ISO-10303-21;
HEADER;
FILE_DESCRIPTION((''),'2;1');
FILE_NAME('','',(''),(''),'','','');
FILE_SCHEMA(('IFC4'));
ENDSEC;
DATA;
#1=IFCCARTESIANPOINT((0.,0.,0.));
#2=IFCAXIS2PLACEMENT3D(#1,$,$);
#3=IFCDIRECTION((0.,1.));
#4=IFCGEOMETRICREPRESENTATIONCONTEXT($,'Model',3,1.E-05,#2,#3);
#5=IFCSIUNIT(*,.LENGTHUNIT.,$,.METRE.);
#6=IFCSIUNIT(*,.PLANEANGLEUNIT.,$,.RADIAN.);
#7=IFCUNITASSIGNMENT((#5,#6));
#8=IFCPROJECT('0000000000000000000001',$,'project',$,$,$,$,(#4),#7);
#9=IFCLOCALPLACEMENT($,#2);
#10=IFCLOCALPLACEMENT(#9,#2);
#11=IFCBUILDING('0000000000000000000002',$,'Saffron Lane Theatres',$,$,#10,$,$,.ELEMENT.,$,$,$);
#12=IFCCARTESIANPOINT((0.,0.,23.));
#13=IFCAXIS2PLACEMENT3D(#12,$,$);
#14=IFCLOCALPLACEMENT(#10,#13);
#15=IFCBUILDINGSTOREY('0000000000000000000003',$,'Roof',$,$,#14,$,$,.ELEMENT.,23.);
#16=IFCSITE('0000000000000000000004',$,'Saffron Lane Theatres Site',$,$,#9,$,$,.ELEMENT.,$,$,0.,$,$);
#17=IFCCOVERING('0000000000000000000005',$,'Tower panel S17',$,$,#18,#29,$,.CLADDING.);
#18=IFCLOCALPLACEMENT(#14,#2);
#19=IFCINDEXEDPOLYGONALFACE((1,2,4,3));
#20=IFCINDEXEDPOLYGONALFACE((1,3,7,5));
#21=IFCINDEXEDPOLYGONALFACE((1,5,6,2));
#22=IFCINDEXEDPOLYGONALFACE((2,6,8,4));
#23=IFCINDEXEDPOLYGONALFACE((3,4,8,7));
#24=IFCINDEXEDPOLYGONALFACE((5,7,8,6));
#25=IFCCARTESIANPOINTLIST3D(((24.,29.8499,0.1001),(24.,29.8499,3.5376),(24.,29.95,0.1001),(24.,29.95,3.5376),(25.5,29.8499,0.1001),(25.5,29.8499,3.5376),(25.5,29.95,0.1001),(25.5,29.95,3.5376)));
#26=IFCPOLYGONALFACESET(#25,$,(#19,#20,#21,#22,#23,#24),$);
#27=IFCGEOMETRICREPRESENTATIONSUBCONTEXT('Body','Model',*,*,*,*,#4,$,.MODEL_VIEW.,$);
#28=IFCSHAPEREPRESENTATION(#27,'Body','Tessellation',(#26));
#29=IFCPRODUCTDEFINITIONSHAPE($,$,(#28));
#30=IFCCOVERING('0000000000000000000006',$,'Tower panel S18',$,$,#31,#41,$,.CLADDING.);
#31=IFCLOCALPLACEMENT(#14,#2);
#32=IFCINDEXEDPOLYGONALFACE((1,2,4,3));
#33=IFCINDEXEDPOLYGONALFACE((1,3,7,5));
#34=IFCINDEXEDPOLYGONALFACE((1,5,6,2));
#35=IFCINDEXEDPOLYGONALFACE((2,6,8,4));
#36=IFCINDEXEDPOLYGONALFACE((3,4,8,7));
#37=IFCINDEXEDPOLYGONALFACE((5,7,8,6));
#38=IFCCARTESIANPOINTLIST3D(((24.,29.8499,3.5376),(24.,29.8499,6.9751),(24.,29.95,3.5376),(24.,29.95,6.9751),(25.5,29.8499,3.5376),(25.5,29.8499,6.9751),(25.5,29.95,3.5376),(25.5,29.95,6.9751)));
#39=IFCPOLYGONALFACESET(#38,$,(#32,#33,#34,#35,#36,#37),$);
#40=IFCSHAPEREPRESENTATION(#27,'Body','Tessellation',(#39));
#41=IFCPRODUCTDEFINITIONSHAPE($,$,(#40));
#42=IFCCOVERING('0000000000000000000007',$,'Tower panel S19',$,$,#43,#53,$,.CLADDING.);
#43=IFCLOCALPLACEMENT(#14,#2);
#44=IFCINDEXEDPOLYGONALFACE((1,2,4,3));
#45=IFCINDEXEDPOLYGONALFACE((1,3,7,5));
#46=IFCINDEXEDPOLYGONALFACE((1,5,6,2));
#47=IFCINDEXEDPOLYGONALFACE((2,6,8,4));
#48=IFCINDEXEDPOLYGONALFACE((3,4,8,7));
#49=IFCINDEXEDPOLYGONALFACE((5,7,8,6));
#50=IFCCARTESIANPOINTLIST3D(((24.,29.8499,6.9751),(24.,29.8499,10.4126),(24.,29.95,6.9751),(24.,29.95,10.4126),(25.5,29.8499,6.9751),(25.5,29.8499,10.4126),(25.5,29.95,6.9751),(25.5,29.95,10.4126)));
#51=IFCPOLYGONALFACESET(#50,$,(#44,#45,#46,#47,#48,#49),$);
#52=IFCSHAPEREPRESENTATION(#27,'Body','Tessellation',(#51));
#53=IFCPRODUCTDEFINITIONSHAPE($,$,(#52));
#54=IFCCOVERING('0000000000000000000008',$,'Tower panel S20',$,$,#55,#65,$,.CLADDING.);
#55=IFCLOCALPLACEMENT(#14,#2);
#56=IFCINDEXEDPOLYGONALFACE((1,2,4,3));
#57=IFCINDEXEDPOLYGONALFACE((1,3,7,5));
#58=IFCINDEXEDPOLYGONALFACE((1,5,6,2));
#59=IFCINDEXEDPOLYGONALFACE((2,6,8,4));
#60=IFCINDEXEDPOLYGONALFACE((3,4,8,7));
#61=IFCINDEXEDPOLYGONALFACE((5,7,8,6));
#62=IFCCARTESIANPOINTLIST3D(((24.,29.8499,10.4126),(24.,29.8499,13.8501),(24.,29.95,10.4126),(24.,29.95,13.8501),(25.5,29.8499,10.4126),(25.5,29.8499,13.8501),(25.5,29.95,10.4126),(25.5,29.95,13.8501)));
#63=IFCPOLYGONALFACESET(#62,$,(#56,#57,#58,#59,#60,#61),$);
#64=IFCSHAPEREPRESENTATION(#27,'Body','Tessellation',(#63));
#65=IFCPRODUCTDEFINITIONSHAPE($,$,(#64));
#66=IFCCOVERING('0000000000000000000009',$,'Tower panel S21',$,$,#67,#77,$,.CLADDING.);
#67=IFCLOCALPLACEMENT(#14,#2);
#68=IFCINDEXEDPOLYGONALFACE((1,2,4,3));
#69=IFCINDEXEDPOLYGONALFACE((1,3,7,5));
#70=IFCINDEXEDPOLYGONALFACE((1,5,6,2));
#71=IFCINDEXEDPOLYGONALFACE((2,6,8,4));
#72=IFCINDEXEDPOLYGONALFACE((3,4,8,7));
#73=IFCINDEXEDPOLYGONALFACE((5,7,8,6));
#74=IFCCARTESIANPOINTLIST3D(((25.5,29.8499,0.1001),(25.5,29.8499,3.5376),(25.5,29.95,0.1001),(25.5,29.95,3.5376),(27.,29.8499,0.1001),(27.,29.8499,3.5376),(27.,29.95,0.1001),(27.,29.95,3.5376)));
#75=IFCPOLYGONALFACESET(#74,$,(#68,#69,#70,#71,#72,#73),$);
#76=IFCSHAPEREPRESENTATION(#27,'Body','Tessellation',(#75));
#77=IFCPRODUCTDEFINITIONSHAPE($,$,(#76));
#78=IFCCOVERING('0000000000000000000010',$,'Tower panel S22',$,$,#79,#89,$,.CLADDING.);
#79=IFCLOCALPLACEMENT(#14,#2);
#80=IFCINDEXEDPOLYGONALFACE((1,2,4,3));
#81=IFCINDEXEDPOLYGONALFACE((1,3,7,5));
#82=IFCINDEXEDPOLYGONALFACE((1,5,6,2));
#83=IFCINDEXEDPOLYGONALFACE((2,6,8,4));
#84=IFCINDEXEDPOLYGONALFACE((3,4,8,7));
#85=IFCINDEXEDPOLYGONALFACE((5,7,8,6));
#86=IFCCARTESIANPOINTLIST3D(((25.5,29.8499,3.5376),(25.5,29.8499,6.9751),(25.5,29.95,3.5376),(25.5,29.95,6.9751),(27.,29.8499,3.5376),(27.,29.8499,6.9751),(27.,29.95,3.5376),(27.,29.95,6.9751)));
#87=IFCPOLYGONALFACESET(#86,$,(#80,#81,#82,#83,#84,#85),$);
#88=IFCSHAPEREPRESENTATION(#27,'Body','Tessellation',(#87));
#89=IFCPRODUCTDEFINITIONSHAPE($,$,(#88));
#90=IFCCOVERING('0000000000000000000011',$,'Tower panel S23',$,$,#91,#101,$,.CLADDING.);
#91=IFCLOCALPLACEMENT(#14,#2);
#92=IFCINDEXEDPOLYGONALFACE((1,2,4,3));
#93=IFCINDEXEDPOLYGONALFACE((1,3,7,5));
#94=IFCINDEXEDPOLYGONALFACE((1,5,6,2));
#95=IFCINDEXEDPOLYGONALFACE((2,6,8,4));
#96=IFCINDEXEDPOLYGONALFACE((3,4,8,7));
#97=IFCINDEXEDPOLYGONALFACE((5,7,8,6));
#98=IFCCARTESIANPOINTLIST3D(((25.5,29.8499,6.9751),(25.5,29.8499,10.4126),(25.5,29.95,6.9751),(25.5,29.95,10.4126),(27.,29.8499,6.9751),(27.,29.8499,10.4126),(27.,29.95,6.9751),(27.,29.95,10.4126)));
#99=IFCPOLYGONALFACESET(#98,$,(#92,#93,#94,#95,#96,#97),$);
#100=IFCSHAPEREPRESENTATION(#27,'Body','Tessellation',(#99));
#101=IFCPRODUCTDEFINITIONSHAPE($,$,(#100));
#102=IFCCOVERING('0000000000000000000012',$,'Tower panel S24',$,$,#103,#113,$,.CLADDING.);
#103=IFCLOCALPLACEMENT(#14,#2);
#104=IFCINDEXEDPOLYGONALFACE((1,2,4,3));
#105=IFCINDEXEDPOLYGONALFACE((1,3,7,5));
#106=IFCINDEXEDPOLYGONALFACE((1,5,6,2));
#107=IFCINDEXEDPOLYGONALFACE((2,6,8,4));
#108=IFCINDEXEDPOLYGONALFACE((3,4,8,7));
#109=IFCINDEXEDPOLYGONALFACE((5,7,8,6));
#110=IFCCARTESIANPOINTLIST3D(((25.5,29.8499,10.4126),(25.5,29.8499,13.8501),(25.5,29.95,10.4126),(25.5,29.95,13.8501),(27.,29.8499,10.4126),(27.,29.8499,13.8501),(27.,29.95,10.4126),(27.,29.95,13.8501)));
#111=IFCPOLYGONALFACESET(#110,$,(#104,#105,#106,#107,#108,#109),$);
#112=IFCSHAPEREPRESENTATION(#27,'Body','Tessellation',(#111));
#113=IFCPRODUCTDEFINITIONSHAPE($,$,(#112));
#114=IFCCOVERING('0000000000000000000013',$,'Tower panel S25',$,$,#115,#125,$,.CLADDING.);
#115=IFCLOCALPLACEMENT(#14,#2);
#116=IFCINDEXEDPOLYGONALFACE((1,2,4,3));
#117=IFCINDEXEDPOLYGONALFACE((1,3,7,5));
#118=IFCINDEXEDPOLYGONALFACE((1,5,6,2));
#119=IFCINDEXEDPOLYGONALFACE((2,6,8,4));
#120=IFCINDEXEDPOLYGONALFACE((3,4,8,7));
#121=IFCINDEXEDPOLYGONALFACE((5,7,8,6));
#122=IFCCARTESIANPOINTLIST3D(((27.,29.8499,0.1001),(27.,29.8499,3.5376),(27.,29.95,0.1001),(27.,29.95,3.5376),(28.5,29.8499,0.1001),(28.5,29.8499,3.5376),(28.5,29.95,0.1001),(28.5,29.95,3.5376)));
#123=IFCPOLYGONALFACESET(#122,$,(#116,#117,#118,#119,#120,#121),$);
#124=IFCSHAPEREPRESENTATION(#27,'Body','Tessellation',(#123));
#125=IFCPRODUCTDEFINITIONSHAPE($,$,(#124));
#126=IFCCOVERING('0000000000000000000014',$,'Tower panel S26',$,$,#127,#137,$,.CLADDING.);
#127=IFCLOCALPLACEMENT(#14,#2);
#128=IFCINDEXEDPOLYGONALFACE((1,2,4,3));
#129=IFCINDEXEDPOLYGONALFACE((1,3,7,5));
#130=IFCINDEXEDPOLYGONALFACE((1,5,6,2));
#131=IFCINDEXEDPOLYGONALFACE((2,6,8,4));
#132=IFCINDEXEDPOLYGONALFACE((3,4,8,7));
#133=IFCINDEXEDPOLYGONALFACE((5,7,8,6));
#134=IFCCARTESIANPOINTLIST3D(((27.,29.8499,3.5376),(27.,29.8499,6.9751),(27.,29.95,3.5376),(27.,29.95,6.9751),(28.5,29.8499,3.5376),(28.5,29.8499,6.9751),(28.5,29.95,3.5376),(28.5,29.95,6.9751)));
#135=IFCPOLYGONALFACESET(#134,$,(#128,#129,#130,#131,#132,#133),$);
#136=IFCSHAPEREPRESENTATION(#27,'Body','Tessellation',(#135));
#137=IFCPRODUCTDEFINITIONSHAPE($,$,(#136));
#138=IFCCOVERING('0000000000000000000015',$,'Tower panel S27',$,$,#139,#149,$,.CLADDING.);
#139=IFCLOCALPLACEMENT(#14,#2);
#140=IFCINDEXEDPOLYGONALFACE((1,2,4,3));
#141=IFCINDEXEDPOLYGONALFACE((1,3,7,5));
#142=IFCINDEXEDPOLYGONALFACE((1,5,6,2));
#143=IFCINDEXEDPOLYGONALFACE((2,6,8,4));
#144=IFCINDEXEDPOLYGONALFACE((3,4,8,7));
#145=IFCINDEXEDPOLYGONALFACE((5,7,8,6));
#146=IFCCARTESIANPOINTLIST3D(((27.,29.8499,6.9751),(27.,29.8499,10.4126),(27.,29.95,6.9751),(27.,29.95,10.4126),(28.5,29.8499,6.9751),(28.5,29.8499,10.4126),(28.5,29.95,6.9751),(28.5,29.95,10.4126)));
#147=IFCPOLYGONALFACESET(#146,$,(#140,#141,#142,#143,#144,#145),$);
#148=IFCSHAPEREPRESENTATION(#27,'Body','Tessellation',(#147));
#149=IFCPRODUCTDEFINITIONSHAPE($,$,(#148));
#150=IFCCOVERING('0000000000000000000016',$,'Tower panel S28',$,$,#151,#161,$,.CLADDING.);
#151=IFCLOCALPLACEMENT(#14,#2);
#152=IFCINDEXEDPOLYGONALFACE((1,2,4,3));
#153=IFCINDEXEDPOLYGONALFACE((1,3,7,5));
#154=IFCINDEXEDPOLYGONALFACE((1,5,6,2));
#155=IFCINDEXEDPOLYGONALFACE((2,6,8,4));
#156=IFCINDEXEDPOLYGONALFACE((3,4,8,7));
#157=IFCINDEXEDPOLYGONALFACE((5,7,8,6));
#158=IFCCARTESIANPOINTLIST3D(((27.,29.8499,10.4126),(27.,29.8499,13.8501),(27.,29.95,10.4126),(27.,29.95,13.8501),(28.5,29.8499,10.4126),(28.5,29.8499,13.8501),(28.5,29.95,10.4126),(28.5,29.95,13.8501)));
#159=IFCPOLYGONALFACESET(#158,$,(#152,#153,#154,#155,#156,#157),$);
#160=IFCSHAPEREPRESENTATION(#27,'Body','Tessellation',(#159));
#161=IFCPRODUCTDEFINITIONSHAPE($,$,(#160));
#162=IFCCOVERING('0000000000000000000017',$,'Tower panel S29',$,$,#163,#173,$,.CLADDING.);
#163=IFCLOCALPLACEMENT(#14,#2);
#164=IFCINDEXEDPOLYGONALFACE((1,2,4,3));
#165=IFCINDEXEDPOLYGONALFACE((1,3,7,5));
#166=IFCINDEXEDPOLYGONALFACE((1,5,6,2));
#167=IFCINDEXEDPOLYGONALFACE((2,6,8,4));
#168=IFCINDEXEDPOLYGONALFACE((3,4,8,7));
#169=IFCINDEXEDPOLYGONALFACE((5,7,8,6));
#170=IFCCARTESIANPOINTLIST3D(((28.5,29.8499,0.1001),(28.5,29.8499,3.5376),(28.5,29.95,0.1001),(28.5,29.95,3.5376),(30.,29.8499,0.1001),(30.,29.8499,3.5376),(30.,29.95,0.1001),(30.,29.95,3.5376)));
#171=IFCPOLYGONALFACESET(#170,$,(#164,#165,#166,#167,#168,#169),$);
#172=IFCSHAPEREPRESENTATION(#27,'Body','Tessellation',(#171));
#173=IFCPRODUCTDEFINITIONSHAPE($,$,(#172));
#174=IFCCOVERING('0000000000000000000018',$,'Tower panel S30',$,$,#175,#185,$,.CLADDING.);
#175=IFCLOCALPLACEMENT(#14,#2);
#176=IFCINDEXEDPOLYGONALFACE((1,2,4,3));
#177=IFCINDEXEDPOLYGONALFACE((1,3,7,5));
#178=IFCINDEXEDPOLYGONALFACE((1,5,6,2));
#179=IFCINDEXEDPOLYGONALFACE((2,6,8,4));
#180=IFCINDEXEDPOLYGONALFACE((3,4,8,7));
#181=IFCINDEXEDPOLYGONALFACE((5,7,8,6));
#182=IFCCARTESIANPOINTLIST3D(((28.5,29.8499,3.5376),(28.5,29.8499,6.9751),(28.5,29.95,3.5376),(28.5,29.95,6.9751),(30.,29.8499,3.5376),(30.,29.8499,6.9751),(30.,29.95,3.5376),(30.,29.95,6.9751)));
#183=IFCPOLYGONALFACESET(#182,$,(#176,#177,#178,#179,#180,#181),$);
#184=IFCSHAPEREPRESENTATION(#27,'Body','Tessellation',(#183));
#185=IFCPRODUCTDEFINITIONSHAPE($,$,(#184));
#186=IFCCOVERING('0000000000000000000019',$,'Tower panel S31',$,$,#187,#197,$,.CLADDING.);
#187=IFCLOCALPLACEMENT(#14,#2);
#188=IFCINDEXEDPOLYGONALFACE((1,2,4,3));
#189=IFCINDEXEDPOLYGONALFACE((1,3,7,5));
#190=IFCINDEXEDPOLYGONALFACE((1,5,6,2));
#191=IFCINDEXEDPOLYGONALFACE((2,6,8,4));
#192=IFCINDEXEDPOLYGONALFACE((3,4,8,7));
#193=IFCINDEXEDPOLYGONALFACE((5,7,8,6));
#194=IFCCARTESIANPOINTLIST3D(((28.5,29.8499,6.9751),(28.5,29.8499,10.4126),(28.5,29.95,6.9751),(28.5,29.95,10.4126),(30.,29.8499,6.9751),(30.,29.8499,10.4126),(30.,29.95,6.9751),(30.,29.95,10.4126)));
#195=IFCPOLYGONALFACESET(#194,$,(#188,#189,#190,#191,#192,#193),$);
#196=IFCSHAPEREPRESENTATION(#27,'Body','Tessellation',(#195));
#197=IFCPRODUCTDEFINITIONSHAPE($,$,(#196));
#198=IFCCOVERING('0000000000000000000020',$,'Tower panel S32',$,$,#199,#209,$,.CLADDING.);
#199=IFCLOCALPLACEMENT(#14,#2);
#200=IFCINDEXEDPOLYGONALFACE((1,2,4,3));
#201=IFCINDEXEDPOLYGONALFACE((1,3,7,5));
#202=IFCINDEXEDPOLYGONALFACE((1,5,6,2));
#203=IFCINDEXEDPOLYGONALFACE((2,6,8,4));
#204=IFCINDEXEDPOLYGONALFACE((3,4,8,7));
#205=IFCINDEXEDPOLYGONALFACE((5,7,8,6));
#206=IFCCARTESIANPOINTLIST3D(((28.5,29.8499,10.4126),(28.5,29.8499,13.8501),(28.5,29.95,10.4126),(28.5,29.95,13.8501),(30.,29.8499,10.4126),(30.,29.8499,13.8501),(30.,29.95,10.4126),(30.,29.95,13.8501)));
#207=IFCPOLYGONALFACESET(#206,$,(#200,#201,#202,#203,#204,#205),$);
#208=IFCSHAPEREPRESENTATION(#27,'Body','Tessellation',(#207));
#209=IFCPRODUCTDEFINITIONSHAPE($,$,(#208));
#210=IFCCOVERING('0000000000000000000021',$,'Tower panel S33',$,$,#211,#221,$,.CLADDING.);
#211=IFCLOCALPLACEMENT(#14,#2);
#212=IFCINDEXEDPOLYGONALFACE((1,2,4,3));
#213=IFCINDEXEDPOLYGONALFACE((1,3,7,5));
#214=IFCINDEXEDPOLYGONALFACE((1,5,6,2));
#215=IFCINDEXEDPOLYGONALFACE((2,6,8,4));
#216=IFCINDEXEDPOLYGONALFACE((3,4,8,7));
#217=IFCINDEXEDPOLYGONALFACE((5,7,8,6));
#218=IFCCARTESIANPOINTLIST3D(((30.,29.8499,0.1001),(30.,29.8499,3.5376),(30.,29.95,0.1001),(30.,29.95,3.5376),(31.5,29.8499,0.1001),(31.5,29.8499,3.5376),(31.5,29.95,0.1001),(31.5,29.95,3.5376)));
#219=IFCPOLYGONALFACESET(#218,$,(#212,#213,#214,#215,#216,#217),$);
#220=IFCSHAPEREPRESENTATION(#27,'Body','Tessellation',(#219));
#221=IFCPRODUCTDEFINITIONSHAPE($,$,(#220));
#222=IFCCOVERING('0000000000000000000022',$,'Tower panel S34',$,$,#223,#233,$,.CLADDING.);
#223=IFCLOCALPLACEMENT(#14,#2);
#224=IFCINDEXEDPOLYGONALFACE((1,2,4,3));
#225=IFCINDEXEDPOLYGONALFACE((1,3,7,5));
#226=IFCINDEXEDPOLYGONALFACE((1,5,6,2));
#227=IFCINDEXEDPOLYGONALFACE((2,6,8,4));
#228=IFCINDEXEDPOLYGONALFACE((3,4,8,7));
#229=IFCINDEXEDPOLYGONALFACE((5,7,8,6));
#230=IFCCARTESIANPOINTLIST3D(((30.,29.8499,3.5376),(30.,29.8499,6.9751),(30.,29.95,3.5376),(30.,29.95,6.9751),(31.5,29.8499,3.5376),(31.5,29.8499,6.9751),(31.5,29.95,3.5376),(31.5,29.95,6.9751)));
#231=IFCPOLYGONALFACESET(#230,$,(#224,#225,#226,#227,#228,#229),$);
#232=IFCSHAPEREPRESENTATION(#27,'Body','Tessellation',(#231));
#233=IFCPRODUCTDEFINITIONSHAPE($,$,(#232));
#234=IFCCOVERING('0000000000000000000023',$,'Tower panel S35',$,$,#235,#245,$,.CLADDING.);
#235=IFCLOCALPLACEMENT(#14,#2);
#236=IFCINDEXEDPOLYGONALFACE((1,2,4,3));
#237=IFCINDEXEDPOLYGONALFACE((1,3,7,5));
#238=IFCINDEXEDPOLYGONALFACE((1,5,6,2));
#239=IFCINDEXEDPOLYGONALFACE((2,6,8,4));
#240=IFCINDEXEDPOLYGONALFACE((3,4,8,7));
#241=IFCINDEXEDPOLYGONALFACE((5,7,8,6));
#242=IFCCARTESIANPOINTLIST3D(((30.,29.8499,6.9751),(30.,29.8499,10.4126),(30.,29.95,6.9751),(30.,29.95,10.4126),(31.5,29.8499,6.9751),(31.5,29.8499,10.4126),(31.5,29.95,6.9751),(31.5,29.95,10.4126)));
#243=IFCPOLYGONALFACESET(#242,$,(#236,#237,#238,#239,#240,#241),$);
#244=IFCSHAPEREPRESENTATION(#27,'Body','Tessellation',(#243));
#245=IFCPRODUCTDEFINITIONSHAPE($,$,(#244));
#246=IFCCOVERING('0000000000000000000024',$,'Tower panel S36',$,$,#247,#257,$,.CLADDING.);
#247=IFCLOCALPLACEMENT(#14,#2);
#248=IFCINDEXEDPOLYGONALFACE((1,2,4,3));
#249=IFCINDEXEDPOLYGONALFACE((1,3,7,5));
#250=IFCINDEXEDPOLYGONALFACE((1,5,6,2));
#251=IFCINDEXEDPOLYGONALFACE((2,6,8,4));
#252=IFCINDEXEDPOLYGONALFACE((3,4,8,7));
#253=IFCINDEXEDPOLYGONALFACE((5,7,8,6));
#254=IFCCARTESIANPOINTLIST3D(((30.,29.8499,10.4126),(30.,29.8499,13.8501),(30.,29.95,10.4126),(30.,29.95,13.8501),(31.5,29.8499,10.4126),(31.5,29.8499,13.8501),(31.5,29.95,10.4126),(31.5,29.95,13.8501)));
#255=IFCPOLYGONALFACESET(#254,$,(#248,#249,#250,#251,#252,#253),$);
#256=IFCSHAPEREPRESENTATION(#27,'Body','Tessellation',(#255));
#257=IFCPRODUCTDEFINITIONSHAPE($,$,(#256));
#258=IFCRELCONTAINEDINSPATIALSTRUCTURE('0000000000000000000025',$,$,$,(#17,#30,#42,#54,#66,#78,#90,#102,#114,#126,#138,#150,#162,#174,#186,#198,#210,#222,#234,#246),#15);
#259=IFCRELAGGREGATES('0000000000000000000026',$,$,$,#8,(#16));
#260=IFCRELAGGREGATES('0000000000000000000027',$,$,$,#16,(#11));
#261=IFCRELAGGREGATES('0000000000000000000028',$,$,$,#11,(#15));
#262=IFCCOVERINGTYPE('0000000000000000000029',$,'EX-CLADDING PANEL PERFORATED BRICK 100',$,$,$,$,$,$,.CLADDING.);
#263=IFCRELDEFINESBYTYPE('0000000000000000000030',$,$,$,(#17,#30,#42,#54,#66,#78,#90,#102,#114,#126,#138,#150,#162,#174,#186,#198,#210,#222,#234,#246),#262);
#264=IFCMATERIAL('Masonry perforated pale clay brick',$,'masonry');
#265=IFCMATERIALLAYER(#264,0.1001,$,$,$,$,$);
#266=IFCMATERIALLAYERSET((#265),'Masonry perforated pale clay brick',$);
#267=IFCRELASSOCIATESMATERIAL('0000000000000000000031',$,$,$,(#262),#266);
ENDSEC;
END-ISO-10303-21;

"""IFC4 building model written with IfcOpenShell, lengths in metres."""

from ifc_helpers import new_model, si_unit, direction, frame, origin, origin_2d, place, context, subcontext, project, spatial, rectangle, extrude, material, layer, layer_set, type_object, element, save


model = new_model("IFC4")

# Units and contexts
model_context = context("Model", 3, precision=1e-05, world=origin(), true_north=direction((0.0, 1.0)))
body_context = subcontext(model_context, "Body", "Model", "MODEL_VIEW")
ifc_project = project(units=[si_unit("LENGTHUNIT", "METRE"), si_unit("PLANEANGLEUNIT", "RADIAN")], contexts=[model_context])

# Site, building, storey
site_placement = place(None, origin())
site = spatial("IfcSite", under=ifc_project, at=site_placement, Name="Saffron Lane Theatres Site", CompositionType="ELEMENT", RefElevation=0.0)
building_placement = place(site_placement, origin())
building = spatial("IfcBuilding", under=site, at=building_placement, Name="Saffron Lane Theatres", CompositionType="ELEMENT")
storey_placement = place(building_placement, frame((0.0, 0.0, 23.0)))
storey = spatial("IfcBuildingStorey", under=building, at=storey_placement, Name="Roof", CompositionType="ELEMENT", Elevation=23.0)

# Coverings
ifc_material_1 = material(Name="Masonry perforated pale clay brick", Category="masonry")
ifc_layer_1 = layer(ifc_material_1, 0.1001)
ifc_layer_set_1 = layer_set([ifc_layer_1], Name="Masonry perforated pale clay brick")
covering_type_1 = type_object("IfcCoveringType", Name="EX-CLADDING PANEL PERFORATED BRICK 100", PredefinedType="CLADDING", material=ifc_layer_set_1)
for number, where, z_axis, x_axis, name in (
    (1, (24.75, 29.8999, 0.1001), (0.0, 0.0, 1.0), (1.0, 0.0, 0.0), "Tower panel S17"),
    (2, (24.75, 29.8999, 3.5376), (0.0, 0.0, 1.0), (1.0, 0.0, 0.0), "Tower panel S18"),
    (3, (24.75, 29.8999, 6.9751), (0.0, 0.0, 1.0), (1.0, 0.0, 0.0), "Tower panel S19"),
    (4, (24.75, 29.8999, 10.4126), (0.0, 0.0, 1.0), (1.0, 0.0, 0.0), "Tower panel S20"),
    (5, (26.25, 29.8999, 0.1001), (0.0, 0.0, 1.0), (1.0, 0.0, 0.0), "Tower panel S21"),
    (6, (26.25, 29.8999, 3.5376), (0.0, 0.0, 1.0), (1.0, 0.0, 0.0), "Tower panel S22"),
    (7, (26.25, 29.8999, 6.9751), (0.0, 0.0, 1.0), (1.0, 0.0, 0.0), "Tower panel S23"),
    (8, (26.25, 29.8999, 10.4126), (0.0, 0.0, 1.0), (1.0, 0.0, 0.0), "Tower panel S24"),
    (9, (27.75, 29.8999, 0.1001), (0.0, 0.0, 1.0), (1.0, 0.0, 0.0), "Tower panel S25"),
    (10, (27.75, 29.8999, 3.5376), (0.0, 0.0, 1.0), (1.0, 0.0, 0.0), "Tower panel S26"),
    (11, (27.75, 29.8999, 6.9751), (0.0, 0.0, 1.0), (1.0, 0.0, 0.0), "Tower panel S27"),
    (12, (27.75, 29.8999, 10.4126), (0.0, 0.0, 1.0), (1.0, 0.0, 0.0), "Tower panel S28"),
    (13, (29.25, 29.8999, 0.1001), (0.0, 0.0, 1.0), (1.0, 0.0, 0.0), "Tower panel S29"),
    (14, (29.25, 29.8999, 3.5376), (0.0, 0.0, 1.0), (1.0, 0.0, 0.0), "Tower panel S30"),
    (15, (29.25, 29.8999, 6.9751), (0.0, 0.0, 1.0), (1.0, 0.0, 0.0), "Tower panel S31"),
    (16, (29.25, 29.8999, 10.4126), (0.0, 0.0, 1.0), (1.0, 0.0, 0.0), "Tower panel S32"),
    (17, (30.75, 29.8999, 0.1001), (0.0, 0.0, 1.0), (1.0, 0.0, 0.0), "Tower panel S33"),
    (18, (30.75, 29.8999, 3.5376), (0.0, 0.0, 1.0), (1.0, 0.0, 0.0), "Tower panel S34"),
    (19, (30.75, 29.8999, 6.9751), (0.0, 0.0, 1.0), (1.0, 0.0, 0.0), "Tower panel S35"),
    (20, (30.75, 29.8999, 10.4126), (0.0, 0.0, 1.0), (1.0, 0.0, 0.0), "Tower panel S36"),
):
    element("IfcCovering", number, at=place(storey_placement, frame(where, z_axis=z_axis, x_axis=x_axis)), inside=storey, type_object=covering_type_1, Name=name, PredefinedType="CLADDING", context=body_context, shape_type="SweptSolid", body=[
        extrude(rectangle(XDim=1.5, YDim=0.1001, at=origin_2d()), origin(), (0.0, 0.0, 1.0), 3.4375),
    ])

save(model, "model.ifc")
